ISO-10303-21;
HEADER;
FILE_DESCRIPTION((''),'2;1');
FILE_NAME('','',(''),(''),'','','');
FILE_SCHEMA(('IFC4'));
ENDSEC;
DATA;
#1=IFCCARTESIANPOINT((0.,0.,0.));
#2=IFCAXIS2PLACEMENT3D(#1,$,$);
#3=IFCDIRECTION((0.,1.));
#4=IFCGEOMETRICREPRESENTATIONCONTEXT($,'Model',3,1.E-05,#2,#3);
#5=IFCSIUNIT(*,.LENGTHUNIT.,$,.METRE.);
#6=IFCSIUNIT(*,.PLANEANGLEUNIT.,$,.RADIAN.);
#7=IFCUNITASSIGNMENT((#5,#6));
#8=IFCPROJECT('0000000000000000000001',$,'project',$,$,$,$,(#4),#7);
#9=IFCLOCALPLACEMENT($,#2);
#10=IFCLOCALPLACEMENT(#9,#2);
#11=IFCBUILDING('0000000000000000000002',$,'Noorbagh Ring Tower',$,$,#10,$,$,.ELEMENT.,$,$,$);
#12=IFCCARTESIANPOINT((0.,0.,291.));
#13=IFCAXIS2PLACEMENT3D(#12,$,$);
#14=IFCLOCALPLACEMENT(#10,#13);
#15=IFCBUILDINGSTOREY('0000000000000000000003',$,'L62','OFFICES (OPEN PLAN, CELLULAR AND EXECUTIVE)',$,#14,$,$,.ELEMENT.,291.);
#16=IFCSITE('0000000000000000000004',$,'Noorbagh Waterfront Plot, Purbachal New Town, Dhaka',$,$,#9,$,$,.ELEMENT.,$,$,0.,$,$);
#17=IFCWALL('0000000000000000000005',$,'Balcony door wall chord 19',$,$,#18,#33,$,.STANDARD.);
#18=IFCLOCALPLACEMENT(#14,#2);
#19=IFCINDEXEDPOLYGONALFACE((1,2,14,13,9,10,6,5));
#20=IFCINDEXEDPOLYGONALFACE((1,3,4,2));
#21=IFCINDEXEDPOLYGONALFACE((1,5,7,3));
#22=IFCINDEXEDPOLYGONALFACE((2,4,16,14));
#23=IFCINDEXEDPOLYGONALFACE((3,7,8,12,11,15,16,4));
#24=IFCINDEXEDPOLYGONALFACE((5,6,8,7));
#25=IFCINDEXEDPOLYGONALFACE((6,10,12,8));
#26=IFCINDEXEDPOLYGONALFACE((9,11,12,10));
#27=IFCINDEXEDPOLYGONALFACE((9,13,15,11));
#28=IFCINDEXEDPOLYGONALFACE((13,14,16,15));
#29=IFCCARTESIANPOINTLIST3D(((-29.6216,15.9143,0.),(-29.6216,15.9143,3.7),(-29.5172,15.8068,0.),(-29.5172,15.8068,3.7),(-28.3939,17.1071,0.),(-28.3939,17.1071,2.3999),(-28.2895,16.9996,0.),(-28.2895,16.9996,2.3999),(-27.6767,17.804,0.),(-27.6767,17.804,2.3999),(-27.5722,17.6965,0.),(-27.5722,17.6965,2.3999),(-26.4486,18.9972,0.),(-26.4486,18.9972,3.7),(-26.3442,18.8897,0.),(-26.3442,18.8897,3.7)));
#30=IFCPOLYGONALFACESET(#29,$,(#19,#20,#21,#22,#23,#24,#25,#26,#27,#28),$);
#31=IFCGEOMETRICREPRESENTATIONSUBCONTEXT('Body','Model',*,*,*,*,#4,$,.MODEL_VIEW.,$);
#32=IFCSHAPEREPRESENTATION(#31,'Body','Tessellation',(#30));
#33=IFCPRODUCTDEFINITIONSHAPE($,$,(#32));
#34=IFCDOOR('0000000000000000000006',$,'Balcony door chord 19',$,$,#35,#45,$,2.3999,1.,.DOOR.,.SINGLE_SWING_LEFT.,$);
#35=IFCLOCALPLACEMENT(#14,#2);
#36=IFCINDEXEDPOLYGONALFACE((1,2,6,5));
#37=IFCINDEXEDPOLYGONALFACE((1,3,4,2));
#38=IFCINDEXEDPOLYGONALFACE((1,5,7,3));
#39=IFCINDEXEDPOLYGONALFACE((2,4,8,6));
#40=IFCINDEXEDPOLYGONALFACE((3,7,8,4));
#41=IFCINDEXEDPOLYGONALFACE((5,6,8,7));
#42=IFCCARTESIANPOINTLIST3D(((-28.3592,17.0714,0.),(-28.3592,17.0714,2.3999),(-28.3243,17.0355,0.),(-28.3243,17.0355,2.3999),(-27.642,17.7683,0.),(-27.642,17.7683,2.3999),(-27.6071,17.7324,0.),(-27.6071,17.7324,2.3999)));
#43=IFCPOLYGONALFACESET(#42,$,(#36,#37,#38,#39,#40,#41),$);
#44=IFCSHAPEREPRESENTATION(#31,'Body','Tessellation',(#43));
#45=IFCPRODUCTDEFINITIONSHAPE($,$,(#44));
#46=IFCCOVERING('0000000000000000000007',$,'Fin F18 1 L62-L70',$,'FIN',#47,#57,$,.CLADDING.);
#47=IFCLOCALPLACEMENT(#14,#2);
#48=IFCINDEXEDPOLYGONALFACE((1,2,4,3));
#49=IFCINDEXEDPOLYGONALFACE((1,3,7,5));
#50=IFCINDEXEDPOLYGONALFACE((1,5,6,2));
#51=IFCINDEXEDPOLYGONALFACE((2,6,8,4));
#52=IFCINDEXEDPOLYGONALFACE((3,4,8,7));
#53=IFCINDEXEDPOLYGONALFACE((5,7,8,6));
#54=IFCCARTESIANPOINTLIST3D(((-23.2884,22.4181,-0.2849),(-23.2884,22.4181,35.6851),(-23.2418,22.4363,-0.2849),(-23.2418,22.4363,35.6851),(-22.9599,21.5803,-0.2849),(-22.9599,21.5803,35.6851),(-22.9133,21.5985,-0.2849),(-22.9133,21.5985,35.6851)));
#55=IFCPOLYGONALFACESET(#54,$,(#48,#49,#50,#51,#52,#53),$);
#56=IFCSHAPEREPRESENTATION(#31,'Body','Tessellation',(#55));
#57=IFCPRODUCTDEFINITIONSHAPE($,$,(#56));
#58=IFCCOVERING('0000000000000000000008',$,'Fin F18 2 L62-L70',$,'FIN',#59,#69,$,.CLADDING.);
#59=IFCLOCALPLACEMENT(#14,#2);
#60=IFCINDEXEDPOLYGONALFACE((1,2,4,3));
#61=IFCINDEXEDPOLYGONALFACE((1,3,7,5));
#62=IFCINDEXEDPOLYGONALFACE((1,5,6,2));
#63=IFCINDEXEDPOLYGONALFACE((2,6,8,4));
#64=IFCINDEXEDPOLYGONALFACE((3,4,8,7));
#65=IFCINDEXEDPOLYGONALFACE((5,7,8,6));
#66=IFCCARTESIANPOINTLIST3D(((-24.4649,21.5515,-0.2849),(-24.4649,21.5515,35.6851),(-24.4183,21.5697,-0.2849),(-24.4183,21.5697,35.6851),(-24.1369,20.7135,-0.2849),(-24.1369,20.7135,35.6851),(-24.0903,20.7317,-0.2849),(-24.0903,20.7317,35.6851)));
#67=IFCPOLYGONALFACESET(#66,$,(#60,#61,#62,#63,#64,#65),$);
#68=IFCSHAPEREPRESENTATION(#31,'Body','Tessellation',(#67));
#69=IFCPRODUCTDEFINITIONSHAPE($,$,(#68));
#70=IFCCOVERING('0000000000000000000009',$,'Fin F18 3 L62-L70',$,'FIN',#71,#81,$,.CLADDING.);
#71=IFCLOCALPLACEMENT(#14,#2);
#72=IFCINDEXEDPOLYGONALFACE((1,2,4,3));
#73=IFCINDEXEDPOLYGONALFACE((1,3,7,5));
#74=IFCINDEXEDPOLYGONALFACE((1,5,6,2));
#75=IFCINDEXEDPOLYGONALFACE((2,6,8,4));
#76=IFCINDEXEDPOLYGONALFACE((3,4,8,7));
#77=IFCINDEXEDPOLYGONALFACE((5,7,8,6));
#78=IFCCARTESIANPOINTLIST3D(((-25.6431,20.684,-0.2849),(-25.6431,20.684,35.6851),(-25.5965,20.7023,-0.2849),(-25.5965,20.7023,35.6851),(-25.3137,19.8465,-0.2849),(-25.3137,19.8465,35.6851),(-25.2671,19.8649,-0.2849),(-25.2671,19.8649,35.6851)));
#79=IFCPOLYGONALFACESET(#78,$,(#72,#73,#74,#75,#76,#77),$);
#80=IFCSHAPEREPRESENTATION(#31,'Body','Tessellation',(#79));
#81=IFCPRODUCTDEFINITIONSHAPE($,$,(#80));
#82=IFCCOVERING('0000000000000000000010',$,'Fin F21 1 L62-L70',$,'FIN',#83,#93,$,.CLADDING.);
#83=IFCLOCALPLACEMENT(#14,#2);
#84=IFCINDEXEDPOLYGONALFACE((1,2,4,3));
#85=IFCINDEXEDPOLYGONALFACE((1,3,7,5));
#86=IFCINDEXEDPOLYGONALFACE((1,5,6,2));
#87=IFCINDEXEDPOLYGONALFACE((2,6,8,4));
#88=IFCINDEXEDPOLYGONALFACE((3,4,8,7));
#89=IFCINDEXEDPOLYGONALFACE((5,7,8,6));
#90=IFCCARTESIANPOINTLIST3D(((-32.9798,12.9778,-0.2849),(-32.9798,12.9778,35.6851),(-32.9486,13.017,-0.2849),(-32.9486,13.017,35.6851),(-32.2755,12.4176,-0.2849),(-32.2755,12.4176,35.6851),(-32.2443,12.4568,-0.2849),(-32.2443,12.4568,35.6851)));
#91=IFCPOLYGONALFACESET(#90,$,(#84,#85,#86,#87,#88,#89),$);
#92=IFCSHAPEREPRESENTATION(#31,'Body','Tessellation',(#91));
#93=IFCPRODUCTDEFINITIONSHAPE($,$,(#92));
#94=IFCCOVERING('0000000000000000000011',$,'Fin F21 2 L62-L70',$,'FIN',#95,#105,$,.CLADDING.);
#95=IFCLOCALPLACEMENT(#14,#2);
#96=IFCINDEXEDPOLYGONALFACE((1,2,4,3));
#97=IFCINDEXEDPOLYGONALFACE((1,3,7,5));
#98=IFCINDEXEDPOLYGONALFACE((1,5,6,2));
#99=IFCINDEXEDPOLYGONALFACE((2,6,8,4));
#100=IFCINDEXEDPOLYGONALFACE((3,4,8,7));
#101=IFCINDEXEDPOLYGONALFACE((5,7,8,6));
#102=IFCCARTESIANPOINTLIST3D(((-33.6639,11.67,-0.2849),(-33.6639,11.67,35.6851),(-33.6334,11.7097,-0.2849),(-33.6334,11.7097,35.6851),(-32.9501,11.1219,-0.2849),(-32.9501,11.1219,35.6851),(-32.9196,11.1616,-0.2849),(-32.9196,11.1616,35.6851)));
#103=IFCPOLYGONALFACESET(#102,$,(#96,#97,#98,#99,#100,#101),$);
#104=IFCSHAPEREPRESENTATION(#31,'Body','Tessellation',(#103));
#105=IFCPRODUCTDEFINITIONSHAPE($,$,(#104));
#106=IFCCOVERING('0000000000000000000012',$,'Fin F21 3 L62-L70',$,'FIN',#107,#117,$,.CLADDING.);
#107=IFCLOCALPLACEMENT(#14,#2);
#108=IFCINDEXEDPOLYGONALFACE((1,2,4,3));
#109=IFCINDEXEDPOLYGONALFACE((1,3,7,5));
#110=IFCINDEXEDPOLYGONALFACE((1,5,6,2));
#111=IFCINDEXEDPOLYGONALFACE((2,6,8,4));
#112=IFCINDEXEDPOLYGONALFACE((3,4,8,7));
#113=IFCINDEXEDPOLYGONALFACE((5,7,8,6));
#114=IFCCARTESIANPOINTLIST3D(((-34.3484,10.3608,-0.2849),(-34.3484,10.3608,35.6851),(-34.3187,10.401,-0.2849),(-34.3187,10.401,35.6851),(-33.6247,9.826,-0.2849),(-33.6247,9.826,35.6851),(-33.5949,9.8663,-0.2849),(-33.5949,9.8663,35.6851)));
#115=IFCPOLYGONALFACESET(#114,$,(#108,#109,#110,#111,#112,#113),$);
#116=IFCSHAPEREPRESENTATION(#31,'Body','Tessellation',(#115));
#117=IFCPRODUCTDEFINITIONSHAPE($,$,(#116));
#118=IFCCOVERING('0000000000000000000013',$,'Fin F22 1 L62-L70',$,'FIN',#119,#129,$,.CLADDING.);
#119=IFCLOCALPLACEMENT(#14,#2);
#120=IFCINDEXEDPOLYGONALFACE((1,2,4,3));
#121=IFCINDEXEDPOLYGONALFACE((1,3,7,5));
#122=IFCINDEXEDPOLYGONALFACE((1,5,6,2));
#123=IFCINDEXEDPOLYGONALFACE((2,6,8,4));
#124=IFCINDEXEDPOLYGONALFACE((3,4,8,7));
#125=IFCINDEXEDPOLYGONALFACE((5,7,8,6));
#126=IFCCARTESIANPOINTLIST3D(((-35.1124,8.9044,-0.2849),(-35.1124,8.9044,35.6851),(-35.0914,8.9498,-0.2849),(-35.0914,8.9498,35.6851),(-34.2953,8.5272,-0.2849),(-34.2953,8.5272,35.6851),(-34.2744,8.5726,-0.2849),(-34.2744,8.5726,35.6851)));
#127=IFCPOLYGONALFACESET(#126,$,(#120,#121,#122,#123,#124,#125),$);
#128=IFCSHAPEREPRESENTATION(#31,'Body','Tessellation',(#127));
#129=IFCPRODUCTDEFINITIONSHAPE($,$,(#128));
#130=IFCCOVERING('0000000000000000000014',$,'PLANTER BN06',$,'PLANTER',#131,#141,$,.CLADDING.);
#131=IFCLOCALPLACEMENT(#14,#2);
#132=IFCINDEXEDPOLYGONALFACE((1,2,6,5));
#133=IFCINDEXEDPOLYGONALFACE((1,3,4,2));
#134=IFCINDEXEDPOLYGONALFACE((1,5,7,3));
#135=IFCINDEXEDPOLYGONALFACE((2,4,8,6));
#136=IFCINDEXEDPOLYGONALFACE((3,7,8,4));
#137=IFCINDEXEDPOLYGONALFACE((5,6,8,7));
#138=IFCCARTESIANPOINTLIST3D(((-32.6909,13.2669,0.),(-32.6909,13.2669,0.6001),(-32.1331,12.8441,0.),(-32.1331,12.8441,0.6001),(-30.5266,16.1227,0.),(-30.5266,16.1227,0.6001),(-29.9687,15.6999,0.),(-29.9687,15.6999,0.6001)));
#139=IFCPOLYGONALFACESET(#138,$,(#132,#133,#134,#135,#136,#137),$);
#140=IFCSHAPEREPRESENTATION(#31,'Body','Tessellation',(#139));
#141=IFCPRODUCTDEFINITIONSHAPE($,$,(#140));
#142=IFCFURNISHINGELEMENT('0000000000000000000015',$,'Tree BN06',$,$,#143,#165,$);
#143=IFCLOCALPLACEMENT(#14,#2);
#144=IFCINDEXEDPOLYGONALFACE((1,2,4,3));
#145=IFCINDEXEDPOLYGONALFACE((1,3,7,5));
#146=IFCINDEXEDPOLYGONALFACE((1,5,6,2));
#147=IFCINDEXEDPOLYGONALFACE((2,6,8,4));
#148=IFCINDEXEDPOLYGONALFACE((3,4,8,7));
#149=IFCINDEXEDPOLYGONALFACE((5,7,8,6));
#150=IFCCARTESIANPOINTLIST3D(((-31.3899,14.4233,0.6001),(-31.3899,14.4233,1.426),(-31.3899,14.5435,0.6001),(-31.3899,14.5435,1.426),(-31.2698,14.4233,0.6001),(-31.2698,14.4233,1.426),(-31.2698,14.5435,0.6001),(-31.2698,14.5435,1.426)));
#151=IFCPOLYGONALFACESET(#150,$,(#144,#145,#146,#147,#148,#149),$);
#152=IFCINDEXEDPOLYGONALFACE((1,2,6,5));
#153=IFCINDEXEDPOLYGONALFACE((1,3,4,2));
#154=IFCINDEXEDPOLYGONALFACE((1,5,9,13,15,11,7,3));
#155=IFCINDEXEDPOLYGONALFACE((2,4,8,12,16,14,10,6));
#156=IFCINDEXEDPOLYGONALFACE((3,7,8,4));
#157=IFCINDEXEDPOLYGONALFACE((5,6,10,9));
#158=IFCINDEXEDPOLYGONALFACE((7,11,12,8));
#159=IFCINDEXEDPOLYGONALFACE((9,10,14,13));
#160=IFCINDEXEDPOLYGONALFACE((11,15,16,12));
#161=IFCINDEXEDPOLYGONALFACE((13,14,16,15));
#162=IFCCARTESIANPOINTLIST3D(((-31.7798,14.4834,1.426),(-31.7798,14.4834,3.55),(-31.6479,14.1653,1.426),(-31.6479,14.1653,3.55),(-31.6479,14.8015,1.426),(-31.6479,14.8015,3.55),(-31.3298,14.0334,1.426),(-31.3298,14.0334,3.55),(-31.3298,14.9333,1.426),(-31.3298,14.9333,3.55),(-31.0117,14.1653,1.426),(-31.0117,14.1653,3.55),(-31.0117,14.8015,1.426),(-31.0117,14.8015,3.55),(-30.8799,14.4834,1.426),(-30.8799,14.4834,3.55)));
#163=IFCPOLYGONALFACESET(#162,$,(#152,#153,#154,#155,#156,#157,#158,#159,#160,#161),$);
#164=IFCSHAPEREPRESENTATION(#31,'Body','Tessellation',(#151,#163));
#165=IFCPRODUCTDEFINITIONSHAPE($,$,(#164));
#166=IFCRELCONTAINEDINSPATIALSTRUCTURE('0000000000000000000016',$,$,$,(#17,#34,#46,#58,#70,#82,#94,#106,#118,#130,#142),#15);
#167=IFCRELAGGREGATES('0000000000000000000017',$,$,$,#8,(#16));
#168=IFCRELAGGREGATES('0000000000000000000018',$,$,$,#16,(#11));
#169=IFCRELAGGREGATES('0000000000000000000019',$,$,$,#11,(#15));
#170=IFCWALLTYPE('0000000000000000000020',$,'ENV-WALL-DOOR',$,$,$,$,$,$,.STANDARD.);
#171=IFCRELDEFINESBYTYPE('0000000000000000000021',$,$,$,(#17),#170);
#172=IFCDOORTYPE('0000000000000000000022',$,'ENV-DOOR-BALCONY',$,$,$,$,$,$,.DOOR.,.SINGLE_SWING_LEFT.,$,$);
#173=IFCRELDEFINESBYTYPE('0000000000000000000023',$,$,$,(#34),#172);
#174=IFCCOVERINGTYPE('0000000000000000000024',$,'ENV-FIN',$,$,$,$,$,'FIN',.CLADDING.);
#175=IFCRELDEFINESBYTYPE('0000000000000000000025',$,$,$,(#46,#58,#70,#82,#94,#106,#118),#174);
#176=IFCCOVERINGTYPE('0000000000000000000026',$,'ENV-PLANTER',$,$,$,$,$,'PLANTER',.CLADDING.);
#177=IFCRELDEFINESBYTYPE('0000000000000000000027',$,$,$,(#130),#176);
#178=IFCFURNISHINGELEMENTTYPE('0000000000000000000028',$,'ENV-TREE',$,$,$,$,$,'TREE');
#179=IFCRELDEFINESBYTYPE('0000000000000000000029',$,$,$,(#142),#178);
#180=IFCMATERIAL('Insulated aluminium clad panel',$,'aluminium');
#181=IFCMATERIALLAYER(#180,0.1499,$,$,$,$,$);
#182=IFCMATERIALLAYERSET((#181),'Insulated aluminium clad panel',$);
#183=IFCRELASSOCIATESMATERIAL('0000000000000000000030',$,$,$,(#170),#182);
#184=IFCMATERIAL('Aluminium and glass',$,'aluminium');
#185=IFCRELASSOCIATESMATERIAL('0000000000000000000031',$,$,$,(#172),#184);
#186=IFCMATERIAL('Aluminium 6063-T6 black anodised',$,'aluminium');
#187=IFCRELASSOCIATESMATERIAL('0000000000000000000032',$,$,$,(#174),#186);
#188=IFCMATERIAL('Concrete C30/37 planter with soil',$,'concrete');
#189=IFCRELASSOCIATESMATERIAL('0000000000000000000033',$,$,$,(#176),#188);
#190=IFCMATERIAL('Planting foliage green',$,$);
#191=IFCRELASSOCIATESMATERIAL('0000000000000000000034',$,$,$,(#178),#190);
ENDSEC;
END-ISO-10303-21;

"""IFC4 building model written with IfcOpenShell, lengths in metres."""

from ifc_helpers import new_model, si_unit, direction, frame, frame_2d, origin, origin_2d, place, context, subcontext, project, spatial, polyline, rectangle, outline, extrude, material, layer, layer_set, material_profile, profile_set, type_object, element, fill, save


model = new_model("IFC4")

# Units and contexts
model_context = context("Model", 3, precision=1e-05, world=origin(), true_north=direction((0.0, 1.0)))
body_context = subcontext(model_context, "Body", "Model", "MODEL_VIEW")
ifc_project = project(units=[si_unit("LENGTHUNIT", "METRE"), si_unit("PLANEANGLEUNIT", "RADIAN")], contexts=[model_context])

# Site, building, storey
site_placement = place(None, origin())
site = spatial("IfcSite", under=ifc_project, at=site_placement, Name="Noorbagh Waterfront Plot, Purbachal New Town, Dhaka", CompositionType="ELEMENT", RefElevation=0.0)
building_placement = place(site_placement, origin())
building = spatial("IfcBuilding", under=site, at=building_placement, Name="Noorbagh Ring Tower", CompositionType="ELEMENT")
storey_placement = place(building_placement, frame((0.0, 0.0, 291.0)))
storey = spatial("IfcBuildingStorey", under=building, at=storey_placement, Name="L62", Description="OFFICES (OPEN PLAN, CELLULAR AND EXECUTIVE)", CompositionType="ELEMENT", Elevation=291.0)

# Wall, opening, door
ifc_material_1 = material(Name="Insulated aluminium clad panel", Category="aluminium")
ifc_layer_1 = layer(ifc_material_1, 0.1499)
ifc_layer_set_1 = layer_set([ifc_layer_1], Name="Insulated aluminium clad panel")
wall_type_1 = type_object("IfcWallType", Name="ENV-WALL-DOOR", PredefinedType="STANDARD", material=ifc_layer_set_1)
wall_1_placement = place(storey_placement, frame((-26.3965, 18.9434, 0.0), z_axis=(0.0, 0.0, 1.0), x_axis=(-0.717215, -0.696852, 0.0)))
wall_1 = element("IfcWall", 1, at=wall_1_placement, inside=storey, type_object=wall_type_1, Name="Balcony door wall chord 19", PredefinedType="STANDARD", context=body_context, shape_type="SweptSolid", body=[
    extrude(rectangle(XDim=4.4241, YDim=0.1499, at=frame_2d((2.2119, 0.0))), origin(), (0.0, 0.0, 1.0), 3.7),
])
opening_1_placement = place(wall_1_placement, frame((1.7122, 0.0, 0.0)))
opening_1 = element("IfcOpeningElement", 2, at=opening_1_placement, cuts=wall_1, PredefinedType="OPENING", context=body_context, shape_type="SweptSolid", body=[
    extrude(rectangle(XDim=1.0, YDim=2.3999, at=frame_2d((0.5, 1.2))), frame((0.0, 0.085, 0.0), z_axis=(0.0, -1.0, 0.0), x_axis=(1.0, 0.0, 0.0)), (0.0, 0.0, 1.0), 0.1699),
])
ifc_material_2 = material(Name="Aluminium and glass", Category="aluminium")
door_type_1 = type_object("IfcDoorType", Name="ENV-DOOR-BALCONY", OperationType="SINGLE_SWING_LEFT", PredefinedType="DOOR", material=ifc_material_2)
door_1_placement = place(opening_1_placement, origin())
door_1 = element("IfcDoor", 3, at=door_1_placement, inside=storey, type_object=door_type_1, Name="Balcony door chord 19", OperationType="SINGLE_SWING_LEFT", OverallHeight=2.3999, OverallWidth=1.0, PredefinedType="DOOR", context=body_context, shape_type="SweptSolid", body=[
    extrude(rectangle(XDim=1.0, YDim=2.3999, at=frame_2d((0.5, 1.2))), frame((0.0, 0.0249, 0.0), z_axis=(0.0, -1.0, 0.0), x_axis=(1.0, 0.0, 0.0)), (0.0, 0.0, 1.0), 0.05),
])
fill(opening_1, door_1)

# Coverings
ifc_material_3 = material(Name="Aluminium 6063-T6 black anodised", Category="aluminium")
ifc_material_profile_1 = material_profile(ifc_material_3, rectangle(XDim=0.8999, YDim=0.05, at=origin_2d()), Name="900x50")
ifc_profile_set_1 = profile_set([ifc_material_profile_1], Name="Aluminium 6063-T6 black anodised")
covering_type_1 = type_object("IfcCoveringType", Name="ENV-FIN", ElementType="FIN", PredefinedType="CLADDING", material=ifc_profile_set_1)
for number, where, z_axis, x_axis, name in (
    (4, (-23.1008, 22.0083, -0.2849), (0.0, 0.0, 1.0), (-0.365038, 0.930993, 0.0), "Fin F18 1 L62-L70"),
    (5, (-24.2776, 21.1416, -0.2849), (0.0, 0.0, 1.0), (-0.364533, 0.93119, 0.0), "Fin F18 2 L62-L70"),
    (6, (-25.4551, 20.2744, -0.2849), (0.0, 0.0, 1.0), (-0.366047, 0.930596, 0.0), "Fin F18 3 L62-L70"),
    (7, (-32.6121, 12.7173, -0.2849), (0.0, 0.0, 1.0), (-0.782644, 0.62247, 0.0), "Fin F21 1 L62-L70"),
    (8, (-33.2917, 11.4158, -0.2849), (0.0, 0.0, 1.0), (-0.793138, 0.609043, 0.0), "Fin F21 2 L62-L70"),
    (9, (-33.9717, 10.1135, -0.2849), (0.0, 0.0, 1.0), (-0.80426, 0.594277, 0.0), "Fin F21 3 L62-L70"),
    (10, (-34.6934, 8.7385, -0.2849), (0.0, 0.0, 1.0), (-0.907912, 0.419162, 0.0), "Fin F22 1 L62-L70"),
):
    element("IfcCovering", number, at=place(storey_placement, frame(where, z_axis=z_axis, x_axis=x_axis)), inside=storey, type_object=covering_type_1, Name=name, ObjectType="FIN", PredefinedType="CLADDING", context=body_context, shape_type="SweptSolid", body=[
        extrude(rectangle(XDim=0.8999, YDim=0.05, at=origin_2d()), origin(), (0.0, 0.0, 1.0), 35.97),
    ])

# Covering
ifc_material_4 = material(Name="Concrete C30/37 planter with soil", Category="concrete")
covering_type_2 = type_object("IfcCoveringType", Name="ENV-PLANTER", ElementType="PLANTER", PredefinedType="CLADDING", material=ifc_material_4)
covering_placement = place(storey_placement, frame((-31.3298, 14.4834, 0.0), z_axis=(0.0, 0.0, 1.0), x_axis=(-0.60402, -0.796969, 0.0)))
element("IfcCovering", 11, at=covering_placement, inside=storey, type_object=covering_type_2, Name="PLANTER BN06", ObjectType="PLANTER", PredefinedType="CLADDING", context=body_context, shape_type="SweptSolid", body=[
    extrude(rectangle(XDim=3.5833, YDim=0.7, at=origin_2d()), origin(), (0.0, 0.0, 1.0), 0.6001),
])

# Furnishing element
ifc_material_5 = material(Name="Planting foliage green")
furnishing_element_type = type_object("IfcFurnishingElementType", Name="ENV-TREE", ElementType="TREE", material=ifc_material_5)
furnishing_placement = place(storey_placement, frame((-31.3298, 14.4834, 0.6001), z_axis=(0.0, 0.0, 1.0), x_axis=(1.0, 0.0, 0.0)))
element("IfcFurnishingElement", 12, at=furnishing_placement, inside=storey, type_object=furnishing_element_type, Name="Tree BN06", context=body_context, shape_type="SweptSolid", body=[
    extrude(rectangle(XDim=0.1201, YDim=0.1201, at=origin_2d()), origin(), (0.0, 0.0, 1.0), 0.8259),
    extrude(outline(polyline([(0.45, 0.0), (0.3181, 0.3181), (0.0, 0.45), (-0.3181, 0.3181), (-0.45, 0.0), (-0.3181, -0.3181), (0.0, -0.45), (0.3181, -0.3181), (0.45, 0.0)])), frame((0.0, 0.0, 0.8259)), (0.0, 0.0, 1.0), 2.124),
])

save(model, "model.ifc")
